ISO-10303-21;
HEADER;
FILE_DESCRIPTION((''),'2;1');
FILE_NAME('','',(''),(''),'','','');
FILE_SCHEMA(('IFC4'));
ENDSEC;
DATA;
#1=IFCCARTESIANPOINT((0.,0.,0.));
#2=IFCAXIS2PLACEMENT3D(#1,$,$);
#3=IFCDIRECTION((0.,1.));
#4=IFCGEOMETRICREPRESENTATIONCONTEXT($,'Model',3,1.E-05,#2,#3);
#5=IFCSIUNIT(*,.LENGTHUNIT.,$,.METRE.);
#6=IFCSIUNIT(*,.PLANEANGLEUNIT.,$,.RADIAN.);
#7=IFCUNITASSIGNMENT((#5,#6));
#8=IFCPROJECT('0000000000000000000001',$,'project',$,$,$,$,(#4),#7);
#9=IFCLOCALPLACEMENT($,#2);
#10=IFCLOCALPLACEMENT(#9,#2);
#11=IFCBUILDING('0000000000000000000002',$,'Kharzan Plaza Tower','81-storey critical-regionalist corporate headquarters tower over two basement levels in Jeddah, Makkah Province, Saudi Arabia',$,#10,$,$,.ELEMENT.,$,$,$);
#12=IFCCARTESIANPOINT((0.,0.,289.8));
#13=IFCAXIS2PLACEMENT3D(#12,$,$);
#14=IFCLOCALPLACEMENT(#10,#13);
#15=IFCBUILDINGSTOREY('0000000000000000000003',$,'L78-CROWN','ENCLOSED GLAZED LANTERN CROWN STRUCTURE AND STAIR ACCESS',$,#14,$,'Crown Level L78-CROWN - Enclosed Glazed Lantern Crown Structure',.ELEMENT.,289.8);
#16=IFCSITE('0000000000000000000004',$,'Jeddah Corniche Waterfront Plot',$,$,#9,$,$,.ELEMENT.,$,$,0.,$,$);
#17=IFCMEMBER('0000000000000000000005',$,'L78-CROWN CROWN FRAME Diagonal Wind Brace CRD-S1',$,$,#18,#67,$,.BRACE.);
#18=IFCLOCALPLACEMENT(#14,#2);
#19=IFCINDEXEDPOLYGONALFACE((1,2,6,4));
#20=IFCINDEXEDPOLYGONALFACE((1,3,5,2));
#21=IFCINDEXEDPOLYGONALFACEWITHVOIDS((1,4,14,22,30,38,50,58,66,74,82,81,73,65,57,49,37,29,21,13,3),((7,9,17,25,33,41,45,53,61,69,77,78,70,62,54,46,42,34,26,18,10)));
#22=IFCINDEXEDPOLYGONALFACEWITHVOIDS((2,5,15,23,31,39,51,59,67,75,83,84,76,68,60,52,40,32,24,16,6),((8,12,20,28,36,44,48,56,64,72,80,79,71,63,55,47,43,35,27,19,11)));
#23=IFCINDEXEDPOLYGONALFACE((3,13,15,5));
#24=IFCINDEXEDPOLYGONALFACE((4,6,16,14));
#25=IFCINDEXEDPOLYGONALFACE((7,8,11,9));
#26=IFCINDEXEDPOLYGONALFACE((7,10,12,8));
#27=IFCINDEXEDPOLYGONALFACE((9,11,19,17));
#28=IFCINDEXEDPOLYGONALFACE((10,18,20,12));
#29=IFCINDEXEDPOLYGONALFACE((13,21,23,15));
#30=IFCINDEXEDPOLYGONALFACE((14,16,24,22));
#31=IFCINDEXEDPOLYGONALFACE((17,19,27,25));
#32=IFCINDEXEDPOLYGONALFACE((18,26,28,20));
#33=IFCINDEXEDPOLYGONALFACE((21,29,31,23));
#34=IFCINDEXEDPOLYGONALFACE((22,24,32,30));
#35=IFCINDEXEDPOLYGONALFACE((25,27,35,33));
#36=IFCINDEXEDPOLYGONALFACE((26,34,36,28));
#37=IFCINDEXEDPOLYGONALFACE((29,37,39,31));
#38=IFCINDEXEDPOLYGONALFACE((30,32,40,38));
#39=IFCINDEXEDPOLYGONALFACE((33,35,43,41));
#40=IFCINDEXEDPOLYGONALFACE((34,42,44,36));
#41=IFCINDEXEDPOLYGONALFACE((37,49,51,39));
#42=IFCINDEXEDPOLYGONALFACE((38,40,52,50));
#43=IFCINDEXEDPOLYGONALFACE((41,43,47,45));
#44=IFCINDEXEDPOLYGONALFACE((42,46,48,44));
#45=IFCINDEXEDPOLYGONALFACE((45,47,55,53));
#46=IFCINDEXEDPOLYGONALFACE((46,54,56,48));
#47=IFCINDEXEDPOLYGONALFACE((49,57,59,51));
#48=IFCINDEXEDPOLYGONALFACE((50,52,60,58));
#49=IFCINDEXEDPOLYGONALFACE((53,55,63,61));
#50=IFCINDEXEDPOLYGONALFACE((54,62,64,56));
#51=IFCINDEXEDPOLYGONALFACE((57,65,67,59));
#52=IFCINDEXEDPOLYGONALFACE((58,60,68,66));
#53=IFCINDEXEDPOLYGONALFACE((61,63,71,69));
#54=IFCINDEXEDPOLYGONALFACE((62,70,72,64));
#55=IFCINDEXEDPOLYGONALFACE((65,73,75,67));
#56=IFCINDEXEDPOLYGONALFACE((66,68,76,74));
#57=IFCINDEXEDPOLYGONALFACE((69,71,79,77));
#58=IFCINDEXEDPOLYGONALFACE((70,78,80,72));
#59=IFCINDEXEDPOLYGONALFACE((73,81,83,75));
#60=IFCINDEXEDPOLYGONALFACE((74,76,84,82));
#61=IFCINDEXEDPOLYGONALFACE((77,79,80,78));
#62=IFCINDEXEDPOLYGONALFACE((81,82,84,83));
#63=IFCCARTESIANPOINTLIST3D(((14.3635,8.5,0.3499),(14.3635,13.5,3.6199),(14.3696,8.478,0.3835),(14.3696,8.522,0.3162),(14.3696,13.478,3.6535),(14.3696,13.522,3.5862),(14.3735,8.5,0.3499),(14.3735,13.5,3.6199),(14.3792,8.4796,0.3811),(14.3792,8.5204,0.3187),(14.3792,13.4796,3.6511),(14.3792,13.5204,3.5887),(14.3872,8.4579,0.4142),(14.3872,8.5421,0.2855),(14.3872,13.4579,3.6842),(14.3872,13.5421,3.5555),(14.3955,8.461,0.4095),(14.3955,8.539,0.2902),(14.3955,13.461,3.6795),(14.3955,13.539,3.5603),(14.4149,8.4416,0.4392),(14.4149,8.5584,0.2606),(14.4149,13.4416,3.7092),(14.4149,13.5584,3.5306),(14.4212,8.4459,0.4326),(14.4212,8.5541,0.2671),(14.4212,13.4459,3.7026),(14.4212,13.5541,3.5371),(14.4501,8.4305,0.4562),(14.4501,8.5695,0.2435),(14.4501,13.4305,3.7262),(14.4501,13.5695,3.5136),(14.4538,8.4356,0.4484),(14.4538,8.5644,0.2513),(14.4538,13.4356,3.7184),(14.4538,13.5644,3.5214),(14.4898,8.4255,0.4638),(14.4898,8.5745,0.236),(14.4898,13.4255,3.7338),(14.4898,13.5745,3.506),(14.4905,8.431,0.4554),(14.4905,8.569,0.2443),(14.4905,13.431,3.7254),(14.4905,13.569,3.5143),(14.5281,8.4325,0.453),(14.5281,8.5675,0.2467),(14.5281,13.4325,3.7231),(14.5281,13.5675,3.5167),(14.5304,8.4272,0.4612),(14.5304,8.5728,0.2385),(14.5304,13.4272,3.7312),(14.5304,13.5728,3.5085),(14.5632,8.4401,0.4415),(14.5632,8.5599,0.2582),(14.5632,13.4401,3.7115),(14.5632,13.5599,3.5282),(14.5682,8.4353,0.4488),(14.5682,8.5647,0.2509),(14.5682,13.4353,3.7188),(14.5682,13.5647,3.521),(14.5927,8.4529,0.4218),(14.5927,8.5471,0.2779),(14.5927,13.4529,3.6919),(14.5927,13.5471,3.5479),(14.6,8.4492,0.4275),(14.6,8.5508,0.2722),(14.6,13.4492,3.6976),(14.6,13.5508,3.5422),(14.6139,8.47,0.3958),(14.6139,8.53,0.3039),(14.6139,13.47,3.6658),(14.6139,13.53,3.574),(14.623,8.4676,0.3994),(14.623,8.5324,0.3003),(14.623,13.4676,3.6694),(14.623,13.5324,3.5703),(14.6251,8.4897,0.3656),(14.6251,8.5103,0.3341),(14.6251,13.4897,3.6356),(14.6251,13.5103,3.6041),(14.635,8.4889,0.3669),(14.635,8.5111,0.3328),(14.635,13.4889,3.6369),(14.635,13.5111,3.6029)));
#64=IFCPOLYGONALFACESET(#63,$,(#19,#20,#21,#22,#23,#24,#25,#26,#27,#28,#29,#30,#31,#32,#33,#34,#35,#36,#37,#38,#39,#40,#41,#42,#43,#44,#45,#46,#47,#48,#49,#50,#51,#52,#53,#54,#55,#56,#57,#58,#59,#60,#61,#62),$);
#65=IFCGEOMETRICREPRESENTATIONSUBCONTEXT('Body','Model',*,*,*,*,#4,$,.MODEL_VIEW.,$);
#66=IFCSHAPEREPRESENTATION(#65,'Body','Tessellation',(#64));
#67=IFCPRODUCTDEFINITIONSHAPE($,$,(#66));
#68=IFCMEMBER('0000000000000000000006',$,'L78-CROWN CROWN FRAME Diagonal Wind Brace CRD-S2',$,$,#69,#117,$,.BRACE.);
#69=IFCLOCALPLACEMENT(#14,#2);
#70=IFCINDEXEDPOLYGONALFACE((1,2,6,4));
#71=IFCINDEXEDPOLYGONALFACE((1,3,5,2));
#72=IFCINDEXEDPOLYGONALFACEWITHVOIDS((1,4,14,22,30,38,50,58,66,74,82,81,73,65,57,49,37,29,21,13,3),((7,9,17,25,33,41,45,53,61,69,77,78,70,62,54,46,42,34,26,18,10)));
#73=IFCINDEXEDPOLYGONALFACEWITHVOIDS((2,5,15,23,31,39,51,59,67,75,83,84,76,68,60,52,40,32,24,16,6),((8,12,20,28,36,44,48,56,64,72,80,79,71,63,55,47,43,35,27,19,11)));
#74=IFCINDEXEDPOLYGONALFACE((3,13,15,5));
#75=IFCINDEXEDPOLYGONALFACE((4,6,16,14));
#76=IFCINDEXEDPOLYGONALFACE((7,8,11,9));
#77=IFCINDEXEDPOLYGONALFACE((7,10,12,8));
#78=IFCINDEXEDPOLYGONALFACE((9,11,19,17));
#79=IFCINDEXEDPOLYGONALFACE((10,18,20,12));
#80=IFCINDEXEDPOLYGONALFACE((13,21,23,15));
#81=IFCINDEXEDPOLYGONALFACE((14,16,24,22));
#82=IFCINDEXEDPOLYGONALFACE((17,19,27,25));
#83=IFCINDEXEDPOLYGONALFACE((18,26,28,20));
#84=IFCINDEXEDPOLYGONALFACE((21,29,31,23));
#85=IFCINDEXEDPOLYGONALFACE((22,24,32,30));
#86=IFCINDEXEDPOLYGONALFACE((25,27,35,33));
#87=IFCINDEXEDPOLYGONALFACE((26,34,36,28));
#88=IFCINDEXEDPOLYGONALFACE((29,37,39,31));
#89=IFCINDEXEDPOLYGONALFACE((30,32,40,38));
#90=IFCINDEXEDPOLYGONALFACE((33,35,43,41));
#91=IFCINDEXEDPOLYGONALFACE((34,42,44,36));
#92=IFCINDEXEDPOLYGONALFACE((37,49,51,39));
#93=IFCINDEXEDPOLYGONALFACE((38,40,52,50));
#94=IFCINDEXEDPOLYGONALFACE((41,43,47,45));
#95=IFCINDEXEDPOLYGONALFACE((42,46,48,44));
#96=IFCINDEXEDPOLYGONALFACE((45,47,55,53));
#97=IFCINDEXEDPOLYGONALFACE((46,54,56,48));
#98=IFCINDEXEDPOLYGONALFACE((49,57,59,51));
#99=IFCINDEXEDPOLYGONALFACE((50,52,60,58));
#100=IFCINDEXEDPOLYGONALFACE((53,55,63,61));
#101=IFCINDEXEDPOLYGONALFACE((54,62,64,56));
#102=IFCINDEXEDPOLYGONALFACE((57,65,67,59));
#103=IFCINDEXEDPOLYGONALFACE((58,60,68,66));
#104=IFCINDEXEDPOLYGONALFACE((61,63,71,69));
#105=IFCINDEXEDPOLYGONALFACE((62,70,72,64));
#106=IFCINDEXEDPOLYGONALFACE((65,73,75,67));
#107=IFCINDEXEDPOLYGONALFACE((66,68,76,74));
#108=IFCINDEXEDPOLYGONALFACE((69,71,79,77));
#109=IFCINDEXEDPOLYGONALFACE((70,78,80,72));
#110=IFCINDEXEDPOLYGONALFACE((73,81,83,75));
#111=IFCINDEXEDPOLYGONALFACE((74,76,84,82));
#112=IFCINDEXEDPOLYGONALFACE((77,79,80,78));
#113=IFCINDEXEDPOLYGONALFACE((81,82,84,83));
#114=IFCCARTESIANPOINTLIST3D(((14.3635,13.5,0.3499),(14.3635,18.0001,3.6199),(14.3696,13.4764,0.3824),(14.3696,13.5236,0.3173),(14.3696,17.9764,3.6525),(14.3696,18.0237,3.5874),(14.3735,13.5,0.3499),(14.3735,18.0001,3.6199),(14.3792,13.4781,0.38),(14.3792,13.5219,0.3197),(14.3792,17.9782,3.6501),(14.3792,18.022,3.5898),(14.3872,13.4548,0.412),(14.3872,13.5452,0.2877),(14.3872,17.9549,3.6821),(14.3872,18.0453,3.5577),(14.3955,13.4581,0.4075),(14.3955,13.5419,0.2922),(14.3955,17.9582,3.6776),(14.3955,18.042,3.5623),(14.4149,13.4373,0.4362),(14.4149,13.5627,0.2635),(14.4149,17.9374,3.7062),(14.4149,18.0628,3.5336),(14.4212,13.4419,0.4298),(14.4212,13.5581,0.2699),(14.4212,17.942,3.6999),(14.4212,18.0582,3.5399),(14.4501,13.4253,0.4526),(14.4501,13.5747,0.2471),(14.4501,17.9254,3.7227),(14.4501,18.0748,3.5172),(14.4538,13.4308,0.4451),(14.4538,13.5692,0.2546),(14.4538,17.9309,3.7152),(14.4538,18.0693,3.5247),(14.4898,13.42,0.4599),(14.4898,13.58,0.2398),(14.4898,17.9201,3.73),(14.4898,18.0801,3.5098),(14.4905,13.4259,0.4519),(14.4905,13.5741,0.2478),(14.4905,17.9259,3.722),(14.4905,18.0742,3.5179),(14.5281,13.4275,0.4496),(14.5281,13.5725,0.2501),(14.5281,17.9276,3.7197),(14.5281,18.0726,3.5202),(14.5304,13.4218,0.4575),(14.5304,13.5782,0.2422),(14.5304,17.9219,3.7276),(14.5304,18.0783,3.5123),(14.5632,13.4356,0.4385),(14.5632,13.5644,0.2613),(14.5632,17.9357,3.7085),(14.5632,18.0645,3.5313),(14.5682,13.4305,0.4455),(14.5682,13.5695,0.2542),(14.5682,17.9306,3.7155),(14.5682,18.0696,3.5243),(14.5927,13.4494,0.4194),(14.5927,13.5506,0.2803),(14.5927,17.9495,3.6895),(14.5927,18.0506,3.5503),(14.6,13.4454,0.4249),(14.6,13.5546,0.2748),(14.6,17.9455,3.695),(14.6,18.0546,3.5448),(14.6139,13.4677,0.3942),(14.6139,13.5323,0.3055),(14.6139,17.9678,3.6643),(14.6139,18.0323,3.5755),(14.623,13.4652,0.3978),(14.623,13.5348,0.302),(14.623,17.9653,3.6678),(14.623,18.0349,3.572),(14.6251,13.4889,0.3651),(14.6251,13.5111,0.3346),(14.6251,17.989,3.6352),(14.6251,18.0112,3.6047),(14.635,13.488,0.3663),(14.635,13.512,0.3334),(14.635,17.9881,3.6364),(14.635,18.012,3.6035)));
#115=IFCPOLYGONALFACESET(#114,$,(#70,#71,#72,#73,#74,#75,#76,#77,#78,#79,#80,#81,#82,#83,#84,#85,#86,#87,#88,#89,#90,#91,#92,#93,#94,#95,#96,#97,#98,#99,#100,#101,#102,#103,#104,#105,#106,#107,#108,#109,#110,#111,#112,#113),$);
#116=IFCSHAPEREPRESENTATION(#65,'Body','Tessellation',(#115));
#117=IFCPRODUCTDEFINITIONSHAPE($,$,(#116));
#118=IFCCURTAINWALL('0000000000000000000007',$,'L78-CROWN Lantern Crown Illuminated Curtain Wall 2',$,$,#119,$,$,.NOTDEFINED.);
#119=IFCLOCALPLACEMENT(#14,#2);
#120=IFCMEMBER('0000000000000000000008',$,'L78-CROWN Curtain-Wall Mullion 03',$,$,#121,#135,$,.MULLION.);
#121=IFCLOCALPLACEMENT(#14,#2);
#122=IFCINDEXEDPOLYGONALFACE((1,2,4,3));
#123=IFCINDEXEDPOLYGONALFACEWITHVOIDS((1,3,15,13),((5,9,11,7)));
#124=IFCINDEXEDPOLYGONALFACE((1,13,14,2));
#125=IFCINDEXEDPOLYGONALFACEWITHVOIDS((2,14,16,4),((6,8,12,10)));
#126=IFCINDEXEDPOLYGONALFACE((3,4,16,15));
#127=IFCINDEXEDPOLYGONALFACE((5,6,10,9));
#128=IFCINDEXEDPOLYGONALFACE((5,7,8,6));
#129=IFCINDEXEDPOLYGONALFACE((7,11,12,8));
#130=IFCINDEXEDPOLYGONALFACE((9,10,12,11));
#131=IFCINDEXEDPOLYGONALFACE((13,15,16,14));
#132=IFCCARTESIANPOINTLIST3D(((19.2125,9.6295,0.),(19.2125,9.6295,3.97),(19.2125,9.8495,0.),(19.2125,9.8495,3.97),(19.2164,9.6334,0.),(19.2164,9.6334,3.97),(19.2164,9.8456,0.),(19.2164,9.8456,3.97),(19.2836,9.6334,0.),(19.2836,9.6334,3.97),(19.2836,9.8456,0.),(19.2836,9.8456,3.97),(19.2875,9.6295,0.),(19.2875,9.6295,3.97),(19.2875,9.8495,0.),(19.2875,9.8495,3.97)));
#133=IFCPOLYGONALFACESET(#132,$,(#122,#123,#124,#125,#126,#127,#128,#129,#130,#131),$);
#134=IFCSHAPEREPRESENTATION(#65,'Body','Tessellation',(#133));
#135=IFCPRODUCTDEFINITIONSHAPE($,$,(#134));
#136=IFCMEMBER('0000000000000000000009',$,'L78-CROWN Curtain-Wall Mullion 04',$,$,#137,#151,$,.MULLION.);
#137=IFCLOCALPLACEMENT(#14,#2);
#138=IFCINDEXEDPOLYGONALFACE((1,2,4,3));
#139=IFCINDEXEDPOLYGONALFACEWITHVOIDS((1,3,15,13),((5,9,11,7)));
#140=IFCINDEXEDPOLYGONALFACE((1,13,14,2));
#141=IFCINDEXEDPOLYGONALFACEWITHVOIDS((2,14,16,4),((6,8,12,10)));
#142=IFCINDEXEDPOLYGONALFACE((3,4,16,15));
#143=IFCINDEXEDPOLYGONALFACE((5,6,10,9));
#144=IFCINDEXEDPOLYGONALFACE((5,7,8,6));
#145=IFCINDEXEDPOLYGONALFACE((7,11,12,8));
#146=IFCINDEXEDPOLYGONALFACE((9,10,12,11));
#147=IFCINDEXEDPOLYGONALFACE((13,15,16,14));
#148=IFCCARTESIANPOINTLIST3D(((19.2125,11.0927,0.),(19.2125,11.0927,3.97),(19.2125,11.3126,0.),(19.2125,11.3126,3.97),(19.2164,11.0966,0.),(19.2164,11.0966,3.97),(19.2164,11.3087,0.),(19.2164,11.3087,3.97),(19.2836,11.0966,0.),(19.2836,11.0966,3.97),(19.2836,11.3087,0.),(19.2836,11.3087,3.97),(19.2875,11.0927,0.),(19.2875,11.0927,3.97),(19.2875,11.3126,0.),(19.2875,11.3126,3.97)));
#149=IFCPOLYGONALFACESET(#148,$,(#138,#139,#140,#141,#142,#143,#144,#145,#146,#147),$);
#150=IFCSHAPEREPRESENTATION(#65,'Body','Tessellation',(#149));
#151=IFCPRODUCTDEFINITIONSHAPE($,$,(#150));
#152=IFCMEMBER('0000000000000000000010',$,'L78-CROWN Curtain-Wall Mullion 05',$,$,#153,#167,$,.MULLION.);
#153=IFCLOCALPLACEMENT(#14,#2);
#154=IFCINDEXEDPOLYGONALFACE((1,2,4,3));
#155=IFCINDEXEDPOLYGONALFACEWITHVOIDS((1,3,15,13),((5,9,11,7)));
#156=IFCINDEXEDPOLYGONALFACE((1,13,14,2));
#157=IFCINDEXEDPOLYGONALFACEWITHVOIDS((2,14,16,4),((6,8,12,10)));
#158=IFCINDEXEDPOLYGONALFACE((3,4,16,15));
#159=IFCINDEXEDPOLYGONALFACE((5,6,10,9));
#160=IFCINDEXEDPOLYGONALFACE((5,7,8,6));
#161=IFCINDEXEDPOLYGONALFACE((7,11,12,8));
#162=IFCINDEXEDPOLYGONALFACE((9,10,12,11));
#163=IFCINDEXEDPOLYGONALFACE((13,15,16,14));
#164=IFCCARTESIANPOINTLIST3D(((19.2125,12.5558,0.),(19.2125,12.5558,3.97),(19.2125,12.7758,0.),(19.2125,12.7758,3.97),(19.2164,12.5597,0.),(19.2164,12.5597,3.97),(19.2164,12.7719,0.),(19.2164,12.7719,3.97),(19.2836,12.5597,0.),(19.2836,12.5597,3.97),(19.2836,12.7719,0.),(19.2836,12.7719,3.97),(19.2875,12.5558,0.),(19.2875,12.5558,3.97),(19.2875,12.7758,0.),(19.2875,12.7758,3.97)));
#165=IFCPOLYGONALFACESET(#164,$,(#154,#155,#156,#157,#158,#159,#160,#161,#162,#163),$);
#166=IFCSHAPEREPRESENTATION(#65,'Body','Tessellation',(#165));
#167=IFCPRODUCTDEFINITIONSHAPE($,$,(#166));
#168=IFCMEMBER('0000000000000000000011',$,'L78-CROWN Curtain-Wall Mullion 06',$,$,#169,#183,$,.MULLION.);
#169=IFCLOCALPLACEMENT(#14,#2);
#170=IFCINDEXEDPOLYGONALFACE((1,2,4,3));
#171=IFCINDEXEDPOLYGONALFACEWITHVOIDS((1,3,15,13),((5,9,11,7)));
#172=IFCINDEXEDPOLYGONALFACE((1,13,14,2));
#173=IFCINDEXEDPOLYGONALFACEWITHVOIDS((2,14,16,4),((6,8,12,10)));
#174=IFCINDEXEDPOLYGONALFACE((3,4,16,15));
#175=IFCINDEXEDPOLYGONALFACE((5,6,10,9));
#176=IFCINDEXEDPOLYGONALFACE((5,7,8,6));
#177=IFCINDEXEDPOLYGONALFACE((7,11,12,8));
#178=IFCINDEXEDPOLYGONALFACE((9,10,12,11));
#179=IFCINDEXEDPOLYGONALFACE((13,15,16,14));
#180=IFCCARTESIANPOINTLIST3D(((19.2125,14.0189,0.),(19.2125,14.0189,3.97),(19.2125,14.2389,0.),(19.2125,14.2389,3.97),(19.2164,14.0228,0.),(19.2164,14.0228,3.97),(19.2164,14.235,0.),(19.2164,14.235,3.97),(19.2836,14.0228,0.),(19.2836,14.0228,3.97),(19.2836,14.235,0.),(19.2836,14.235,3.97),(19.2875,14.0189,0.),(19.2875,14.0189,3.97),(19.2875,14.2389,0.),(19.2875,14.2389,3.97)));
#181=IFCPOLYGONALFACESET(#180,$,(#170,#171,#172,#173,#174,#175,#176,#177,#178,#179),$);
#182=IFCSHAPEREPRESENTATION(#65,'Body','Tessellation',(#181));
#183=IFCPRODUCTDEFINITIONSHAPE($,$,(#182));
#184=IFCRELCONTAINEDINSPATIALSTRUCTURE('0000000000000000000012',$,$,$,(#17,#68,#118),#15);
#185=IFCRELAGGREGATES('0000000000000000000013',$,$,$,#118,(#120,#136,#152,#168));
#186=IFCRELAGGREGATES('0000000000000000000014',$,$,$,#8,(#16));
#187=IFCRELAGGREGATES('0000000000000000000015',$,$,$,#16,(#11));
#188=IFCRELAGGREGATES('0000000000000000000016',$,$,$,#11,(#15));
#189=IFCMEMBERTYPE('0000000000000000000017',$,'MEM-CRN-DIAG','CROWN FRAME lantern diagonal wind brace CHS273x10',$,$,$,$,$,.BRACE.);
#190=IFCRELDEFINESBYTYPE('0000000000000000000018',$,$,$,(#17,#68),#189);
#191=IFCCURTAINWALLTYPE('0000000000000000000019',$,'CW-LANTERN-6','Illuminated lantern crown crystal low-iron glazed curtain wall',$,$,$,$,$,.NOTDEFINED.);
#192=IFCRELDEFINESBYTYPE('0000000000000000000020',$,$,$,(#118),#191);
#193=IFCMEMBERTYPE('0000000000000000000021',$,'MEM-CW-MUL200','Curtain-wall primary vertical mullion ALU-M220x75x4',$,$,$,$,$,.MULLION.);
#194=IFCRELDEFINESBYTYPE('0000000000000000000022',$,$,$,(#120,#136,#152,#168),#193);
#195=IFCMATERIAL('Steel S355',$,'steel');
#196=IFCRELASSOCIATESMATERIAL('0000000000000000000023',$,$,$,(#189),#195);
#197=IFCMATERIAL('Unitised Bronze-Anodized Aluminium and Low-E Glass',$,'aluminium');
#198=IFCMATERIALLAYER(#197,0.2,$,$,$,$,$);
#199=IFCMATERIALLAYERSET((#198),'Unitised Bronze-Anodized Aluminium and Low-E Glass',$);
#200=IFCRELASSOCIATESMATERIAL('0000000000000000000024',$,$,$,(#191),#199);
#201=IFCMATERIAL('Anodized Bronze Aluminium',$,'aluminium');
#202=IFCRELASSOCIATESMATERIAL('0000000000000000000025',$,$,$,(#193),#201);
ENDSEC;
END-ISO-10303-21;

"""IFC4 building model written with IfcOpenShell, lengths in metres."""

from ifc_helpers import new_model, si_unit, direction, frame, origin, origin_2d, place, context, subcontext, project, spatial, hollow_rectangle, hollow_circle, extrude, source, transform, mapped, material, layer, layer_set, material_profile, profile_set, type_object, element, aggregate, save


model = new_model("IFC4")

# Units and contexts
model_context = context("Model", 3, precision=1e-05, world=origin(), true_north=direction((0.0, 1.0)))
body_context = subcontext(model_context, "Body", "Model", "MODEL_VIEW")
ifc_project = project(units=[si_unit("LENGTHUNIT", "METRE"), si_unit("PLANEANGLEUNIT", "RADIAN")], contexts=[model_context])

# Site, building, storey
site_placement = place(None, origin())
site = spatial("IfcSite", under=ifc_project, at=site_placement, Name="Jeddah Corniche Waterfront Plot", CompositionType="ELEMENT", RefElevation=0.0)
building_placement = place(site_placement, origin())
building = spatial("IfcBuilding", under=site, at=building_placement, Name="Kharzan Plaza Tower", Description="81-storey critical-regionalist corporate headquarters tower over two basement levels in Jeddah, Makkah Province, Saudi Arabia", CompositionType="ELEMENT")
storey_placement = place(building_placement, frame((0.0, 0.0, 289.8)))
storey = spatial("IfcBuildingStorey", under=building, at=storey_placement, Name="L78-CROWN", Description="ENCLOSED GLAZED LANTERN CROWN STRUCTURE AND STAIR ACCESS", LongName="Crown Level L78-CROWN - Enclosed Glazed Lantern Crown Structure", CompositionType="ELEMENT", Elevation=289.8)

# Shared definitions
ifc_material_1 = material(Name="Steel S355", Category="steel")

# Members
ifc_material_profile_1 = material_profile(ifc_material_1, hollow_circle(Radius=0.1365, WallThickness=0.01, at=origin_2d()), Name="CHS273x10")
ifc_profile_set_1 = profile_set([ifc_material_profile_1], Name="Steel S355")
member_type_1 = type_object("IfcMemberType", Name="MEM-CRN-DIAG", Description="CROWN FRAME lantern diagonal wind brace CHS273x10", PredefinedType="BRACE", material=ifc_profile_set_1)
shared_shape_1 = source(origin(), body_context, "Body", "SweptSolid", [
    extrude(hollow_circle(Radius=0.1365, WallThickness=0.01, at=origin_2d()), origin(), (0.0, 0.0, 1.0), 5.9744),
])
member_1_placement = place(storey_placement, frame((14.5, 8.5, 0.3499), z_axis=(0.0, 0.836909, 0.547342), x_axis=(-1.0, 0.0, 0.0)))
element("IfcMember", 1, at=member_1_placement, inside=storey, type_object=member_type_1, Name="L78-CROWN CROWN FRAME Diagonal Wind Brace CRD-S1", PredefinedType="BRACE", context=body_context, shape_type="MappedRepresentation", body=[
    mapped(shared_shape_1, transform((0.0, 0.0, 0.0), x_axis=(1.0, 0.0, 0.0), y_axis=(0.0, 1.0, 0.0), z_axis=(0.0, 0.0, 1.0))),
])
shared_shape_2 = source(origin(), body_context, "Body", "SweptSolid", [
    extrude(hollow_circle(Radius=0.1365, WallThickness=0.01, at=origin_2d()), origin(), (0.0, 0.0, 1.0), 5.5627),
])
member_2_placement = place(storey_placement, frame((14.5, 13.5, 0.3499), z_axis=(0.0, 0.808968, 0.587853), x_axis=(-1.0, 0.0, 0.0)))
element("IfcMember", 2, at=member_2_placement, inside=storey, type_object=member_type_1, Name="L78-CROWN CROWN FRAME Diagonal Wind Brace CRD-S2", PredefinedType="BRACE", context=body_context, shape_type="MappedRepresentation", body=[
    mapped(shared_shape_2, transform((0.0, 0.0, 0.0), x_axis=(1.0, 0.0, 0.0), y_axis=(0.0, 1.0, 0.0), z_axis=(0.0, 0.0, 1.0))),
])

# Curtain wall, members
ifc_material_2 = material(Name="Unitised Bronze-Anodized Aluminium and Low-E Glass", Category="aluminium")
ifc_layer_1 = layer(ifc_material_2, 0.2)
ifc_layer_set_1 = layer_set([ifc_layer_1], Name="Unitised Bronze-Anodized Aluminium and Low-E Glass")
curtain_wall_type = type_object("IfcCurtainWallType", Name="CW-LANTERN-6", Description="Illuminated lantern crown crystal low-iron glazed curtain wall", PredefinedType="NOTDEFINED", material=ifc_layer_set_1)
curtain_wall_placement = place(storey_placement, origin())
curtain_wall = element("IfcCurtainWall", 3, at=curtain_wall_placement, inside=storey, type_object=curtain_wall_type, Name="L78-CROWN Lantern Crown Illuminated Curtain Wall 2", PredefinedType="NOTDEFINED")
ifc_material_3 = material(Name="Anodized Bronze Aluminium", Category="aluminium")
ifc_material_profile_2 = material_profile(ifc_material_3, hollow_rectangle(XDim=0.075, YDim=0.22, WallThickness=0.0039, at=origin_2d()), Name="ALU-M220x75x4")
ifc_profile_set_2 = profile_set([ifc_material_profile_2], Name="Anodized Bronze Aluminium")
member_type_2 = type_object("IfcMemberType", Name="MEM-CW-MUL200", Description="Curtain-wall primary vertical mullion ALU-M220x75x4", PredefinedType="MULLION", material=ifc_profile_set_2)
shared_shape_3 = source(origin(), body_context, "Body", "SweptSolid", [
    extrude(hollow_rectangle(XDim=0.075, YDim=0.22, WallThickness=0.0039, at=origin_2d()), origin(), (0.0, 0.0, 1.0), 3.97),
])
member_3_placement = place(storey_placement, frame((19.25, 9.7395, 0.0), z_axis=(0.0, 0.0, 1.0), x_axis=(1.0, 0.0, 0.0)))
member_3 = element("IfcMember", 4, at=member_3_placement, type_object=member_type_2, Name="L78-CROWN Curtain-Wall Mullion 03", PredefinedType="MULLION", context=body_context, shape_type="MappedRepresentation", body=[
    mapped(shared_shape_3, transform((0.0, 0.0, 0.0), x_axis=(1.0, 0.0, 0.0), y_axis=(0.0, 1.0, 0.0), z_axis=(0.0, 0.0, 1.0))),
])
member_4_placement = place(storey_placement, frame((19.25, 11.2026, 0.0), z_axis=(0.0, 0.0, 1.0), x_axis=(1.0, 0.0, 0.0)))
member_4 = element("IfcMember", 5, at=member_4_placement, type_object=member_type_2, Name="L78-CROWN Curtain-Wall Mullion 04", PredefinedType="MULLION", context=body_context, shape_type="MappedRepresentation", body=[
    mapped(shared_shape_3, transform((0.0, 0.0, 0.0), x_axis=(1.0, 0.0, 0.0), y_axis=(0.0, 1.0, 0.0), z_axis=(0.0, 0.0, 1.0))),
])
member_5_placement = place(storey_placement, frame((19.25, 12.6658, 0.0), z_axis=(0.0, 0.0, 1.0), x_axis=(1.0, 0.0, 0.0)))
member_5 = element("IfcMember", 6, at=member_5_placement, type_object=member_type_2, Name="L78-CROWN Curtain-Wall Mullion 05", PredefinedType="MULLION", context=body_context, shape_type="MappedRepresentation", body=[
    mapped(shared_shape_3, transform((0.0, 0.0, 0.0), x_axis=(1.0, 0.0, 0.0), y_axis=(0.0, 1.0, 0.0), z_axis=(0.0, 0.0, 1.0))),
])
member_6_placement = place(storey_placement, frame((19.25, 14.1289, 0.0), z_axis=(0.0, 0.0, 1.0), x_axis=(1.0, 0.0, 0.0)))
member_6 = element("IfcMember", 7, at=member_6_placement, type_object=member_type_2, Name="L78-CROWN Curtain-Wall Mullion 06", PredefinedType="MULLION", context=body_context, shape_type="MappedRepresentation", body=[
    mapped(shared_shape_3, transform((0.0, 0.0, 0.0), x_axis=(1.0, 0.0, 0.0), y_axis=(0.0, 1.0, 0.0), z_axis=(0.0, 0.0, 1.0))),
])

aggregate(curtain_wall, [member_3, member_4, member_5, member_6])

save(model, "model.ifc")
